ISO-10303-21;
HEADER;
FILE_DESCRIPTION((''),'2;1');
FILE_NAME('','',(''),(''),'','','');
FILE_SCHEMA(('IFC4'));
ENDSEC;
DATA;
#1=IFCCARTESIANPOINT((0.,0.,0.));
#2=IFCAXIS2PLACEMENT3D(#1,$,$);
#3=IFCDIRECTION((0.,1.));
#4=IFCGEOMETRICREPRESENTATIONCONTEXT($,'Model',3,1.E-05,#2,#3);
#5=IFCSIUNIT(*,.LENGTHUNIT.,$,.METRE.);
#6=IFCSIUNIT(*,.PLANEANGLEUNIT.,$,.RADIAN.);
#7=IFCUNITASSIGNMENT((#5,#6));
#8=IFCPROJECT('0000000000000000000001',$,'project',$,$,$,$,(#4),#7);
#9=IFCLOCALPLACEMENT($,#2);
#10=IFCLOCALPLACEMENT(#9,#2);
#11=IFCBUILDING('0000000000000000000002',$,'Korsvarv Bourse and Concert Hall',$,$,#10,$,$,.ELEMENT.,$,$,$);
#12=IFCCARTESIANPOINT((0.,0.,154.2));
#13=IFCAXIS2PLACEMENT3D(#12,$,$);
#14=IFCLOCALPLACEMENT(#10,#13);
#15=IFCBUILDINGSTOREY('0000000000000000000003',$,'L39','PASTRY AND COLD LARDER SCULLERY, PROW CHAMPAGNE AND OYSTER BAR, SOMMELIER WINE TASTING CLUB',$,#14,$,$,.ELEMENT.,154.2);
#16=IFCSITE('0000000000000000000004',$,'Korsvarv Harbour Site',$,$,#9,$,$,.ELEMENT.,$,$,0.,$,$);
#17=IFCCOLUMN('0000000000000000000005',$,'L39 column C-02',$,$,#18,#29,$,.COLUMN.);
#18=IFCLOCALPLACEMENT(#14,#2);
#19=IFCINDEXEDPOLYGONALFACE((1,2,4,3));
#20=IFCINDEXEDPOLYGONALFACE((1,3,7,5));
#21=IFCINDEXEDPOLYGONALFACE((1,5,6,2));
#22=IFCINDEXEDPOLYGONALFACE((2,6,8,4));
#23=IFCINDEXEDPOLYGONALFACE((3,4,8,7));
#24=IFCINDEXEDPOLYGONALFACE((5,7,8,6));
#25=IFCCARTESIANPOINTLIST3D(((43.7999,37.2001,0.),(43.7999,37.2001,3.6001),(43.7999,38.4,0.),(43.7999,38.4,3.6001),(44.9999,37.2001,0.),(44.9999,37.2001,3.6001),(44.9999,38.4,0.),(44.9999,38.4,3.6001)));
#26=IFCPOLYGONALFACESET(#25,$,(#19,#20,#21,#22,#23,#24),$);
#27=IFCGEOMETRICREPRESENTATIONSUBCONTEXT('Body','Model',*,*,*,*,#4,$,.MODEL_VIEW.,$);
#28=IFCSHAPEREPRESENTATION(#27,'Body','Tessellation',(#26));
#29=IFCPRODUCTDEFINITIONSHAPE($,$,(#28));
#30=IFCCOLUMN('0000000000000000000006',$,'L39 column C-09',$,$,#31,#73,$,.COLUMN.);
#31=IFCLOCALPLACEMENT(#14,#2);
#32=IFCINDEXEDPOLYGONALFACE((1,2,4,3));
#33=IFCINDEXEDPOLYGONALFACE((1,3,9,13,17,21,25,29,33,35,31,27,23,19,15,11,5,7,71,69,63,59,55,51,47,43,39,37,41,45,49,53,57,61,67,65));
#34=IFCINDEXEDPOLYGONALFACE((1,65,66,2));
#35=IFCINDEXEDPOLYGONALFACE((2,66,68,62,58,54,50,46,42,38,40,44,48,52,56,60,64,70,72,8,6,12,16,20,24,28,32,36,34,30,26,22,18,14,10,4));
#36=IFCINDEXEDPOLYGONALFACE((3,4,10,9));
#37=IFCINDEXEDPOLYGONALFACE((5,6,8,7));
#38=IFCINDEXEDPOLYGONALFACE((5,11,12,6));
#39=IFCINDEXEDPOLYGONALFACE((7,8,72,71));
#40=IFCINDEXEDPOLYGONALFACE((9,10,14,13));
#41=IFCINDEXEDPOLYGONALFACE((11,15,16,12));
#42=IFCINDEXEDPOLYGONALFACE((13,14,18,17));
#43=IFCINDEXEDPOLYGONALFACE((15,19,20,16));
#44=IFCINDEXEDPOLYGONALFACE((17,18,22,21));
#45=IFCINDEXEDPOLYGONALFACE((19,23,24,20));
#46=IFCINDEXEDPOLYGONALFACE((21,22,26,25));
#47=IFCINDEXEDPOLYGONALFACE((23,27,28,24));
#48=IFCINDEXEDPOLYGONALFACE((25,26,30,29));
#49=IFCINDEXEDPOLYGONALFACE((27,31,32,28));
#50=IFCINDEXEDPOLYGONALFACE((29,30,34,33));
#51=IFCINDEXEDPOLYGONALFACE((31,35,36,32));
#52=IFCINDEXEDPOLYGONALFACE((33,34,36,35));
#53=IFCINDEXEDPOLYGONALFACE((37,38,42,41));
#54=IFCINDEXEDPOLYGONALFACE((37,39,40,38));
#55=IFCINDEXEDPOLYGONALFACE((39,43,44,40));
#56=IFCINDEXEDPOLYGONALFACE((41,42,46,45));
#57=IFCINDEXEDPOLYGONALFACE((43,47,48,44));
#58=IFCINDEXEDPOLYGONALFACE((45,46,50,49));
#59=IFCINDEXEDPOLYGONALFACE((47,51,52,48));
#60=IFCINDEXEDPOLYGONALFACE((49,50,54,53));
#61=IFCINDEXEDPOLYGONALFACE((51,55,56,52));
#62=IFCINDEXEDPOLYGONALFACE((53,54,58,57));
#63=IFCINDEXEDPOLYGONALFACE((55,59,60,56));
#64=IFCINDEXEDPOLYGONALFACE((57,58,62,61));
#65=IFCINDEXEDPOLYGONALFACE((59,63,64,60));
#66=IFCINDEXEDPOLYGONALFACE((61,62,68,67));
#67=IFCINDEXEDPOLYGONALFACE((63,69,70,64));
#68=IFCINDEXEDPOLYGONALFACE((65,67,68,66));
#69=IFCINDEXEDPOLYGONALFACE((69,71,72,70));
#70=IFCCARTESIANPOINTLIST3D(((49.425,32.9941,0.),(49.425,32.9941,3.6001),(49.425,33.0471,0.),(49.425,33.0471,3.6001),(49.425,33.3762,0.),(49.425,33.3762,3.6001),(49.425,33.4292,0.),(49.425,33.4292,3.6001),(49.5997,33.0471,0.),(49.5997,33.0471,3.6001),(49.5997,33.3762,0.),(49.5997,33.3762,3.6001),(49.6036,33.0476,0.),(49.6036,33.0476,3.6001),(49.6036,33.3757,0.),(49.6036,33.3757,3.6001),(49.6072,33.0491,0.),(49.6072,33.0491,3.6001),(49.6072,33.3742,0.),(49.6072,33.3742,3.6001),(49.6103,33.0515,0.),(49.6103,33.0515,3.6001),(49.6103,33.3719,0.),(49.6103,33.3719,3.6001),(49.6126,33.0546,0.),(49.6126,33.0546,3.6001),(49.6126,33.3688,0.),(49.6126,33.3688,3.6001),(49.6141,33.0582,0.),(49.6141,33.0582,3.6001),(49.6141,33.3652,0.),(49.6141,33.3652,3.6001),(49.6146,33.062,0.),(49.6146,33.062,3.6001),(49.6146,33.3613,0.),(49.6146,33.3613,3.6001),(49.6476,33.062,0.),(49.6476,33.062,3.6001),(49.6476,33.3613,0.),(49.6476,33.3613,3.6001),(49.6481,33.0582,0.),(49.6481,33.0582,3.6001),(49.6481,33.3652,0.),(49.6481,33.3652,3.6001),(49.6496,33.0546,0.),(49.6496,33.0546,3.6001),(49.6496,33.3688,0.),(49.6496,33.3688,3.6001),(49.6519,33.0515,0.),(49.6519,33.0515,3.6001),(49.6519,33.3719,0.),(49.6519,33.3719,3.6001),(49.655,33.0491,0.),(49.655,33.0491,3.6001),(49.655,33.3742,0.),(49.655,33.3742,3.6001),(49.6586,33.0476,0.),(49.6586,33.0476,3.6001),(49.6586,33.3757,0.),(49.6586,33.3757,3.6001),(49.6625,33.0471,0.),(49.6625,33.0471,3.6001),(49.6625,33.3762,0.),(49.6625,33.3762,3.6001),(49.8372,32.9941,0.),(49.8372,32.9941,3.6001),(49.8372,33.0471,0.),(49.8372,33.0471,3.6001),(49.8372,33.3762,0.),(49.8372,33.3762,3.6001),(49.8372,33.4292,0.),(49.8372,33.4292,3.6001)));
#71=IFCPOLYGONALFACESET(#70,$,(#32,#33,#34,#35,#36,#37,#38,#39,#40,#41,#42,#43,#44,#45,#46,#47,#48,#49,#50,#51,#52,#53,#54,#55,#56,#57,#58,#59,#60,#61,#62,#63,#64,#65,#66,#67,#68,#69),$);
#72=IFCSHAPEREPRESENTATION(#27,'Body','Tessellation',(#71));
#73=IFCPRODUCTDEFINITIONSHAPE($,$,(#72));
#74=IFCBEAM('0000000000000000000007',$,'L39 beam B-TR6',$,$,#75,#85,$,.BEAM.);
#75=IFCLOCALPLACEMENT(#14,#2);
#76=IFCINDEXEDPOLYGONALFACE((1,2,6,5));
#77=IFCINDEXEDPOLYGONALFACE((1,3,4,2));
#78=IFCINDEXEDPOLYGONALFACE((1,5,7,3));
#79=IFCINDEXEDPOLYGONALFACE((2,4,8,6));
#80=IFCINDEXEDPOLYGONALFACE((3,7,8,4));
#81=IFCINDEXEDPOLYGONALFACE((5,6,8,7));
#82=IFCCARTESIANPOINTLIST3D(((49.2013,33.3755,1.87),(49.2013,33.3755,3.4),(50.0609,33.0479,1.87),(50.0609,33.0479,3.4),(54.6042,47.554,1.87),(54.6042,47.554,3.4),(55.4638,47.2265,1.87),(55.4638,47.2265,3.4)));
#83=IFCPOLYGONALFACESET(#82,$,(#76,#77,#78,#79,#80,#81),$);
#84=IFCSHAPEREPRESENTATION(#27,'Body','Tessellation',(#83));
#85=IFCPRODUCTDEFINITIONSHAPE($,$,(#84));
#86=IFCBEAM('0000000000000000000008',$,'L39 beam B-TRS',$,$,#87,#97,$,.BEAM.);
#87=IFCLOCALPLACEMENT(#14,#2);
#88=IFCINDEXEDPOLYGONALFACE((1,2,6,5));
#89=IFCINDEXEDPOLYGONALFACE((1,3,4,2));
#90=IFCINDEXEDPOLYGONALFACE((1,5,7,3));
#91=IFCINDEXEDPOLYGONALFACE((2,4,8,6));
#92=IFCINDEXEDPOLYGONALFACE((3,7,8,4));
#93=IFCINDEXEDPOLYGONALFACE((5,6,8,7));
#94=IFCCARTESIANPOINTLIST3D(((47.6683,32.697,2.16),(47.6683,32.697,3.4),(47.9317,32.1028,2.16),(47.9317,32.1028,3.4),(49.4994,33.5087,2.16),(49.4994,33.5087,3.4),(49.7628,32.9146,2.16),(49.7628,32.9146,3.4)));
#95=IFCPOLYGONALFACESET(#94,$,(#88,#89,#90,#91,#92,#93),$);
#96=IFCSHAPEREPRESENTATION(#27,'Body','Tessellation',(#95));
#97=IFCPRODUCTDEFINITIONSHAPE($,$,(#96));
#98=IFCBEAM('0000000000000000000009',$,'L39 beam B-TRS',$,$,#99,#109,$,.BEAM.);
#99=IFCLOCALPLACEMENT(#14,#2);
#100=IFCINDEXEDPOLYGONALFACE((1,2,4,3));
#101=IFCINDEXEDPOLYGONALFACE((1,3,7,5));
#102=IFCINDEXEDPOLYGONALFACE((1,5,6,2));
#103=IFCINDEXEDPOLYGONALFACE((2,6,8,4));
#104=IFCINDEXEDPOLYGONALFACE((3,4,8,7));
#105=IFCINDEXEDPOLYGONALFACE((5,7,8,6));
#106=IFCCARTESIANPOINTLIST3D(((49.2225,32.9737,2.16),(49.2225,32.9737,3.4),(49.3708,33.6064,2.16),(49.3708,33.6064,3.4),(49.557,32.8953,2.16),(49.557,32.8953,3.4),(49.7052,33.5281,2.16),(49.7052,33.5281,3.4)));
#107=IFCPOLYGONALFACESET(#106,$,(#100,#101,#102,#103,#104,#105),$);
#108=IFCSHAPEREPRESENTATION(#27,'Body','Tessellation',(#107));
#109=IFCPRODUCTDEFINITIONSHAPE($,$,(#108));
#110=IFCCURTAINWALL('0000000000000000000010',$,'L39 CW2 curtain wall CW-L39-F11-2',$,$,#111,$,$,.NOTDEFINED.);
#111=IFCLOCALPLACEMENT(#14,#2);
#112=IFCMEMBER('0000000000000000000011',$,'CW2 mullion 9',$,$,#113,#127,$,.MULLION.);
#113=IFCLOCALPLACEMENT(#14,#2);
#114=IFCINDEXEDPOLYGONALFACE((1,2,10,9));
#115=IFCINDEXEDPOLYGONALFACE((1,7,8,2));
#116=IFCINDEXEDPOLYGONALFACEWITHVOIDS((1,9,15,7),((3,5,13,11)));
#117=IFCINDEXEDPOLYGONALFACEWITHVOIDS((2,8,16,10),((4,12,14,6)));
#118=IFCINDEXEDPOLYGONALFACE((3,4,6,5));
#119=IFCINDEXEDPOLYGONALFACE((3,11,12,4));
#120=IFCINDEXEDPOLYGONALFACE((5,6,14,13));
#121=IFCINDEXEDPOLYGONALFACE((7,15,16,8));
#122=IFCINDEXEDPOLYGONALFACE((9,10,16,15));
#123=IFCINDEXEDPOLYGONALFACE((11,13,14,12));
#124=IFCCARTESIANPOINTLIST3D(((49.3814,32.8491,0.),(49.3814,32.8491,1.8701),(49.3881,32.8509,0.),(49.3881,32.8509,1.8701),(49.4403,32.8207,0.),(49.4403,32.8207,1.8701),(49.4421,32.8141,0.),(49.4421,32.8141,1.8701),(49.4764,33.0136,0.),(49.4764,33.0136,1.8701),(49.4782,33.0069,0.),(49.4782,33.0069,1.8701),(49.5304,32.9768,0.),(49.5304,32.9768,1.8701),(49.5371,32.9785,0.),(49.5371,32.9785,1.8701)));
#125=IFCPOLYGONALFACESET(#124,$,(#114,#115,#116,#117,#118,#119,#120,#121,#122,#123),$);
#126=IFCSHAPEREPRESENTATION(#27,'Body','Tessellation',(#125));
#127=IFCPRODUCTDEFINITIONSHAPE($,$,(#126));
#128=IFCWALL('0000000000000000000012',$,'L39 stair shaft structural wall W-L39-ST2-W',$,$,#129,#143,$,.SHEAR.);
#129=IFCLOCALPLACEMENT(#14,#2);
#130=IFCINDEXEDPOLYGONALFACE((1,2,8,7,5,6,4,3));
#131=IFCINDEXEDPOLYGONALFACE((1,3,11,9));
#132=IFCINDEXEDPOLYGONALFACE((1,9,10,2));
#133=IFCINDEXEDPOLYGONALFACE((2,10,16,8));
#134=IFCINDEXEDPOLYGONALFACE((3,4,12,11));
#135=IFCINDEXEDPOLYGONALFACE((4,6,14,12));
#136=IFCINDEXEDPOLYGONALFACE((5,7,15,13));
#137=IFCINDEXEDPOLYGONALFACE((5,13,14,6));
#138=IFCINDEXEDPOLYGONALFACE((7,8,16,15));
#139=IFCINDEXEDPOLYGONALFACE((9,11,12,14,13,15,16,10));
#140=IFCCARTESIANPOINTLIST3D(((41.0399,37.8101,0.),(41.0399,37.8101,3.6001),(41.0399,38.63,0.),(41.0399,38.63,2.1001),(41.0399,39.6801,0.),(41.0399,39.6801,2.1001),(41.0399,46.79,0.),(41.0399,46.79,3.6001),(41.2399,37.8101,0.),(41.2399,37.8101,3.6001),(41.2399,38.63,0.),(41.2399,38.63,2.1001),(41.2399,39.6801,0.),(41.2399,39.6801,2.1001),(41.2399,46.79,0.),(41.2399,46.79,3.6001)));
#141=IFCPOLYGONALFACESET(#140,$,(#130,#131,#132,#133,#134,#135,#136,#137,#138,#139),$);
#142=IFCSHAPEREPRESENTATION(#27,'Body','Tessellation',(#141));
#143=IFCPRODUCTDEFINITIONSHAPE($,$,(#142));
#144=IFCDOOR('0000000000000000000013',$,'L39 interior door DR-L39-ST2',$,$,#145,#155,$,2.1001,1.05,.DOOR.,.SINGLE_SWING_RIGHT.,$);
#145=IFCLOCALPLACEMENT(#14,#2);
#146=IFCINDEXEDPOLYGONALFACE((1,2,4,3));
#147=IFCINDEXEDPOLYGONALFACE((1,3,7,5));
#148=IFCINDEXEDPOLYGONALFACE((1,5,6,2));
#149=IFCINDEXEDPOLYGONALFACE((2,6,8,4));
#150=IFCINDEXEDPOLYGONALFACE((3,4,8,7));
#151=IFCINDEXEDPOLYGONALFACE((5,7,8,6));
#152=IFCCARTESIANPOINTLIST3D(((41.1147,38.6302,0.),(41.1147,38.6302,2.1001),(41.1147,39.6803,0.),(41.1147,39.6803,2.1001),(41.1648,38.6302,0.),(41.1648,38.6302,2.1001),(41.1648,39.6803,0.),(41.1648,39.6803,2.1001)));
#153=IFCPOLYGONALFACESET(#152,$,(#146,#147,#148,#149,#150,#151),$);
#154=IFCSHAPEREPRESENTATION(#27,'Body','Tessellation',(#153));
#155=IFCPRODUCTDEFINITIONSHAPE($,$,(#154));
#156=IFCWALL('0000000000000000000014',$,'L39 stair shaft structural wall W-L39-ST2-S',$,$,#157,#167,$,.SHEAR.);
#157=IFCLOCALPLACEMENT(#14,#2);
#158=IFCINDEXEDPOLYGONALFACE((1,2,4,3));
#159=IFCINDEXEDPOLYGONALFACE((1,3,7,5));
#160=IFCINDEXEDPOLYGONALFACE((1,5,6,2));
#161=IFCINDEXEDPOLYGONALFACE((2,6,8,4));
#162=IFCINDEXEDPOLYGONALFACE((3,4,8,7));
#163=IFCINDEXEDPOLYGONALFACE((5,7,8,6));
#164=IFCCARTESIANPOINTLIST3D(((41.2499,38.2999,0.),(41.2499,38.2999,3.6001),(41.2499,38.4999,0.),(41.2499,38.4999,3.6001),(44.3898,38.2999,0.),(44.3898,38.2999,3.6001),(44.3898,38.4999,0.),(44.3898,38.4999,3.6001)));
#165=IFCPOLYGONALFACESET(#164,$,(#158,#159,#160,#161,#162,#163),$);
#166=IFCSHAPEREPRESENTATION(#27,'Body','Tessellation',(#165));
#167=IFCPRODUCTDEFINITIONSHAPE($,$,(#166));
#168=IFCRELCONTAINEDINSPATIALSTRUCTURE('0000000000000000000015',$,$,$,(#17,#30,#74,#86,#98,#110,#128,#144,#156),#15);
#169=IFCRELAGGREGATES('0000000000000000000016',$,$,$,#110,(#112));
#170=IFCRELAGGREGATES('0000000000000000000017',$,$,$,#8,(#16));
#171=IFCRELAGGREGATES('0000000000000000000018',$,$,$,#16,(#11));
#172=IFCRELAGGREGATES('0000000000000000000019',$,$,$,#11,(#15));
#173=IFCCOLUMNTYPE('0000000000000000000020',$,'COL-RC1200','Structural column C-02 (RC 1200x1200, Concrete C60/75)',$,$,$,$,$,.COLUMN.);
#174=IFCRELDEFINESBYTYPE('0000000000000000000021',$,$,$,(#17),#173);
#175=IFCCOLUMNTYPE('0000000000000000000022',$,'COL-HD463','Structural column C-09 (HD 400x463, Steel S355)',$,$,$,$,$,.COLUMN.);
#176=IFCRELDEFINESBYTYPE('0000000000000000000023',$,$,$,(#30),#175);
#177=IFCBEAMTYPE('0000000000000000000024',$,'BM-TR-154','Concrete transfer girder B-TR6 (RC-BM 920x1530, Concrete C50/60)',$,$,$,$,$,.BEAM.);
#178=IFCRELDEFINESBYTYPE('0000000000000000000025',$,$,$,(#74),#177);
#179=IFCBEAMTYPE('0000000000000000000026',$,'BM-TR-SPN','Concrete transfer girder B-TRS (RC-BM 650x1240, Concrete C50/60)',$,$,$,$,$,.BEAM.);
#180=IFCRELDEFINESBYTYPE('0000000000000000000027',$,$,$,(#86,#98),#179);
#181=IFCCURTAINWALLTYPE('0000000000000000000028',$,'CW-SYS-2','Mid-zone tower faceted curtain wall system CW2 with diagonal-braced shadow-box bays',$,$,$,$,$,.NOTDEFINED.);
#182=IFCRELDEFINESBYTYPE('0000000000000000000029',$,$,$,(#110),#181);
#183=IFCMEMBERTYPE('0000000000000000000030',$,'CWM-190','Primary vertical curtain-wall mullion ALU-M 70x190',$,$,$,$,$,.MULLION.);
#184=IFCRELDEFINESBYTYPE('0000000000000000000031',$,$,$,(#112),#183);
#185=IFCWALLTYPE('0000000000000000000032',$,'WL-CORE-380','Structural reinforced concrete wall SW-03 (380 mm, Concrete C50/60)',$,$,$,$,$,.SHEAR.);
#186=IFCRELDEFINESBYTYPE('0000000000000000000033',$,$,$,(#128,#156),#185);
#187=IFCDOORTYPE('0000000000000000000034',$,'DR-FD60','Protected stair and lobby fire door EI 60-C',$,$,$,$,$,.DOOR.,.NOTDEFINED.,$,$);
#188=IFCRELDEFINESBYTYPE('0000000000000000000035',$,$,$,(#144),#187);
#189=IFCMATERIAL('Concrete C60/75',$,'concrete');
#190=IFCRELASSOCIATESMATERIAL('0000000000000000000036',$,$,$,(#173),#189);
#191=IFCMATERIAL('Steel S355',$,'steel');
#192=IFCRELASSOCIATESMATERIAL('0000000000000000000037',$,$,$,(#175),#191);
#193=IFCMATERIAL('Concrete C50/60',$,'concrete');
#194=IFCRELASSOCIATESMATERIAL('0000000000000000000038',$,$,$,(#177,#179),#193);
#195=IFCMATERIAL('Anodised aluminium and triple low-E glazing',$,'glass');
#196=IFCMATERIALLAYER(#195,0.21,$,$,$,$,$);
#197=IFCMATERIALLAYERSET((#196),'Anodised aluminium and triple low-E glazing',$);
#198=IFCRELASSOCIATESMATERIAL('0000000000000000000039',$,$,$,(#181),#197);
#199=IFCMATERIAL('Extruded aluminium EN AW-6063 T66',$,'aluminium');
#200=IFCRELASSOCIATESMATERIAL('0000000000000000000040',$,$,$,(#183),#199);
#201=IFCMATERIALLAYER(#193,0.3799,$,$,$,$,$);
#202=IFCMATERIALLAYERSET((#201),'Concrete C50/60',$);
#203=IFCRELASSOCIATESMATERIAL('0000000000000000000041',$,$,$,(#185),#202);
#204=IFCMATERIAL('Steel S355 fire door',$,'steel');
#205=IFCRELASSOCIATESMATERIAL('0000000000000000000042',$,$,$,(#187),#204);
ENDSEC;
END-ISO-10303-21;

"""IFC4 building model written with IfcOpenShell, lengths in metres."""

from ifc_helpers import new_model, si_unit, direction, frame, frame_2d, origin, origin_2d, place, context, subcontext, project, spatial, rectangle, hollow_rectangle, i_section, extrude, source, transform, mapped, material, layer, layer_set, material_profile, profile_set, type_object, element, fill, aggregate, save


model = new_model("IFC4")

# Units and contexts
model_context = context("Model", 3, precision=1e-05, world=origin(), true_north=direction((0.0, 1.0)))
body_context = subcontext(model_context, "Body", "Model", "MODEL_VIEW")
ifc_project = project(units=[si_unit("LENGTHUNIT", "METRE"), si_unit("PLANEANGLEUNIT", "RADIAN")], contexts=[model_context])

# Site, building, storey
site_placement = place(None, origin())
site = spatial("IfcSite", under=ifc_project, at=site_placement, Name="Korsvarv Harbour Site", CompositionType="ELEMENT", RefElevation=0.0)
building_placement = place(site_placement, origin())
building = spatial("IfcBuilding", under=site, at=building_placement, Name="Korsvarv Bourse and Concert Hall", CompositionType="ELEMENT")
storey_placement = place(building_placement, frame((0.0, 0.0, 154.2)))
storey = spatial("IfcBuildingStorey", under=building, at=storey_placement, Name="L39", Description="PASTRY AND COLD LARDER SCULLERY, PROW CHAMPAGNE AND OYSTER BAR, SOMMELIER WINE TASTING CLUB", CompositionType="ELEMENT", Elevation=154.2)

# Columns
ifc_material_1 = material(Name="Concrete C60/75", Category="concrete")
ifc_material_profile_1 = material_profile(ifc_material_1, rectangle(XDim=1.2, YDim=1.2, at=origin_2d()), Name="RC 1200x1200")
ifc_profile_set_1 = profile_set([ifc_material_profile_1], Name="Concrete C60/75")
column_type_1 = type_object("IfcColumnType", Name="COL-RC1200", Description="Structural column C-02 (RC 1200x1200, Concrete C60/75)", PredefinedType="COLUMN", material=ifc_profile_set_1)
shared_shape_1 = source(origin(), body_context, "Body", "SweptSolid", [
    extrude(rectangle(XDim=1.2, YDim=1.2, at=origin_2d()), origin(), (0.0, 0.0, 1.0), 3.6001),
])
column_1_placement = place(storey_placement, frame((44.3999, 37.8, 0.0), z_axis=(0.0, 0.0, 1.0), x_axis=(1.0, 0.0, 0.0)))
element("IfcColumn", 1, at=column_1_placement, inside=storey, type_object=column_type_1, Name="L39 column C-02", PredefinedType="COLUMN", context=body_context, shape_type="MappedRepresentation", body=[
    mapped(shared_shape_1, transform((0.0, 0.0, 0.0), scale=1.0)),
])
ifc_material_2 = material(Name="Steel S355", Category="steel")
ifc_material_profile_2 = material_profile(ifc_material_2, i_section(OverallWidth=0.4121, OverallDepth=0.4351, WebThickness=0.033, FlangeThickness=0.053, FilletRadius=0.0149, at=origin_2d()), Name="HD 400x463")
ifc_profile_set_2 = profile_set([ifc_material_profile_2], Name="Steel S355")
column_type_2 = type_object("IfcColumnType", Name="COL-HD463", Description="Structural column C-09 (HD 400x463, Steel S355)", PredefinedType="COLUMN", material=ifc_profile_set_2)
shared_shape_2 = source(origin(), body_context, "Body", "SweptSolid", [
    extrude(i_section(OverallWidth=0.4121, OverallDepth=0.4351, WebThickness=0.033, FlangeThickness=0.053, FilletRadius=0.0149, at=origin_2d()), origin(), (0.0, 0.0, 1.0), 3.6001),
])
column_2_placement = place(storey_placement, frame((49.6311, 33.2117, 0.0), z_axis=(0.0, 0.0, 1.0), x_axis=(1.0, 0.0, 0.0)))
element("IfcColumn", 2, at=column_2_placement, inside=storey, type_object=column_type_2, Name="L39 column C-09", PredefinedType="COLUMN", context=body_context, shape_type="MappedRepresentation", body=[
    mapped(shared_shape_2, transform((0.0, 0.0, 0.0), scale=1.0)),
])

# Beams
ifc_material_3 = material(Name="Concrete C50/60", Category="concrete")
ifc_material_profile_3 = material_profile(ifc_material_3, rectangle(XDim=0.9199, YDim=1.53, at=origin_2d()), Name="RC-BM 920x1530")
ifc_profile_set_3 = profile_set([ifc_material_profile_3], Name="Concrete C50/60")
beam_type_1 = type_object("IfcBeamType", Name="BM-TR-154", Description="Concrete transfer girder B-TR6 (RC-BM 920x1530, Concrete C50/60)", PredefinedType="BEAM", material=ifc_profile_set_3)
shared_shape_3 = source(origin(), body_context, "Body", "SweptSolid", [
    extrude(rectangle(XDim=0.9199, YDim=1.53, at=origin_2d()), origin(), (0.0, 0.0, 1.0), 15.1731),
])
beam_1_placement = place(storey_placement, frame((49.6311, 33.2117, 2.635), z_axis=(0.356082, 0.934455, 0.0), x_axis=(-0.934455, 0.356082, 0.0)))
element("IfcBeam", 3, at=beam_1_placement, inside=storey, type_object=beam_type_1, Name="L39 beam B-TR6", PredefinedType="BEAM", context=body_context, shape_type="MappedRepresentation", body=[
    mapped(shared_shape_3, transform((0.0, 0.0, 0.0), scale=1.0)),
])
ifc_material_profile_4 = material_profile(ifc_material_3, rectangle(XDim=0.6499, YDim=1.24, at=origin_2d()), Name="RC-BM 650x1240")
ifc_profile_set_4 = profile_set([ifc_material_profile_4], Name="Concrete C50/60")
beam_type_2 = type_object("IfcBeamType", Name="BM-TR-SPN", Description="Concrete transfer girder B-TRS (RC-BM 650x1240, Concrete C50/60)", PredefinedType="BEAM", material=ifc_profile_set_4)
shared_shape_4 = source(origin(), body_context, "Body", "SweptSolid", [
    extrude(rectangle(XDim=0.6499, YDim=1.24, at=origin_2d()), origin(), (0.0, 0.0, 1.0), 2.0029),
])
beam_2_placement = place(storey_placement, frame((49.6311, 33.2117, 2.78), z_axis=(-0.914188, -0.40529, 0.0), x_axis=(0.40529, -0.914188, 0.0)))
element("IfcBeam", 4, at=beam_2_placement, inside=storey, type_object=beam_type_2, Name="L39 beam B-TRS", PredefinedType="BEAM", context=body_context, shape_type="MappedRepresentation", body=[
    mapped(shared_shape_4, transform((0.0, 0.0, 0.0), scale=1.0)),
])
shared_shape_5 = source(origin(), body_context, "Body", "SweptSolid", [
    extrude(rectangle(XDim=0.6499, YDim=1.24, at=origin_2d()), origin(), (0.0, 0.0, 1.0), 0.3435),
])
beam_3_placement = place(storey_placement, frame((49.6311, 33.2117, 2.78), z_axis=(-0.973631, 0.228128, 0.0), x_axis=(-0.228128, -0.973631, 0.0)))
element("IfcBeam", 5, at=beam_3_placement, inside=storey, type_object=beam_type_2, Name="L39 beam B-TRS", PredefinedType="BEAM", context=body_context, shape_type="MappedRepresentation", body=[
    mapped(shared_shape_5, transform((0.0, 0.0, 0.0), scale=1.0)),
])

# Curtain wall, member
ifc_material_4 = material(Name="Anodised aluminium and triple low-E glazing", Category="glass")
ifc_layer_1 = layer(ifc_material_4, 0.21)
ifc_layer_set_1 = layer_set([ifc_layer_1], Name="Anodised aluminium and triple low-E glazing")
curtain_wall_type = type_object("IfcCurtainWallType", Name="CW-SYS-2", Description="Mid-zone tower faceted curtain wall system CW2 with diagonal-braced shadow-box bays", PredefinedType="NOTDEFINED", material=ifc_layer_set_1)
curtain_wall_placement = place(storey_placement, origin())
curtain_wall = element("IfcCurtainWall", 6, at=curtain_wall_placement, inside=storey, type_object=curtain_wall_type, Name="L39 CW2 curtain wall CW-L39-F11-2", PredefinedType="NOTDEFINED")
ifc_material_5 = material(Name="Extruded aluminium EN AW-6063 T66", Category="aluminium")
ifc_material_profile_5 = material_profile(ifc_material_5, hollow_rectangle(XDim=0.0701, YDim=0.1899, WallThickness=0.0049, at=origin_2d()), Name="ALU-M 70x190")
ifc_profile_set_5 = profile_set([ifc_material_profile_5], Name="Extruded aluminium EN AW-6063 T66")
member_type = type_object("IfcMemberType", Name="CWM-190", Description="Primary vertical curtain-wall mullion ALU-M 70x190", PredefinedType="MULLION", material=ifc_profile_set_5)
shared_shape_6 = source(origin(), body_context, "Body", "SweptSolid", [
    extrude(hollow_rectangle(XDim=0.0701, YDim=0.1899, WallThickness=0.0049, at=origin_2d()), origin(), (0.0, 0.0, 1.0), 1.8701),
])
member_placement = place(storey_placement, frame((49.4592, 32.9138, 0.0), z_axis=(0.0, 0.0, 1.0), x_axis=(-0.866023, 0.500005, 0.0)))
member = element("IfcMember", 7, at=member_placement, type_object=member_type, Name="CW2 mullion 9", PredefinedType="MULLION", context=body_context, shape_type="MappedRepresentation", body=[
    mapped(shared_shape_6, transform((0.0, 0.0, 0.0), scale=1.0)),
])
aggregate(curtain_wall, [member])

# Wall, opening, door
ifc_layer_2 = layer(ifc_material_3, 0.3799)
ifc_layer_set_2 = layer_set([ifc_layer_2], Name="Concrete C50/60")
wall_type_1 = type_object("IfcWallType", Name="WL-CORE-380", Description="Structural reinforced concrete wall SW-03 (380 mm, Concrete C50/60)", PredefinedType="SHEAR", material=ifc_layer_set_2)
wall_1_placement = place(storey_placement, frame((41.1399, 37.8101, 0.0), z_axis=(0.0, 0.0, 1.0), x_axis=(0.0, 1.0, 0.0)))
wall_1 = element("IfcWall", 8, at=wall_1_placement, inside=storey, type_object=wall_type_1, Name="L39 stair shaft structural wall W-L39-ST2-W", PredefinedType="SHEAR", context=body_context, shape_type="SweptSolid", body=[
    extrude(rectangle(XDim=8.98, YDim=0.2, at=frame_2d((4.49, 0.0))), origin(), (0.0, 0.0, 1.0), 3.6001),
])
opening_1_placement = place(wall_1_placement, frame((0.8201, 0.0, 0.0)))
opening_1 = element("IfcOpeningElement", 9, at=opening_1_placement, cuts=wall_1, PredefinedType="OPENING", context=body_context, shape_type="SweptSolid", body=[
    extrude(rectangle(XDim=1.05, YDim=2.1001, at=frame_2d((0.5249, 1.05))), frame((0.0, 0.1099, 0.0), z_axis=(0.0, -1.0, 0.0), x_axis=(1.0, 0.0, 0.0)), (0.0, 0.0, 1.0), 0.22),
])
ifc_material_6 = material(Name="Steel S355 fire door", Category="steel")
door_type = type_object("IfcDoorType", Name="DR-FD60", Description="Protected stair and lobby fire door EI 60-C", OperationType="NOTDEFINED", PredefinedType="DOOR", material=ifc_material_6)
door_1_placement = place(opening_1_placement, frame((1.05, 0.0, 0.0), z_axis=(0.0, 0.0, 1.0), x_axis=(-1.0, 0.0, 0.0)))
door_1 = element("IfcDoor", 10, at=door_1_placement, inside=storey, type_object=door_type, Name="L39 interior door DR-L39-ST2", OperationType="SINGLE_SWING_RIGHT", OverallHeight=2.1001, OverallWidth=1.05, PredefinedType="DOOR", context=body_context, shape_type="SweptSolid", body=[
    extrude(rectangle(XDim=1.05, YDim=2.1001, at=frame_2d((0.5249, 1.05))), frame((0.0, 0.0249, 0.0), z_axis=(0.0, -1.0, 0.0), x_axis=(1.0, 0.0, 0.0)), (0.0, 0.0, 1.0), 0.05),
])
fill(opening_1, door_1)

# Wall
wall_2_placement = place(storey_placement, frame((41.25, 38.3999, 0.0), z_axis=(0.0, 0.0, 1.0), x_axis=(1.0, 0.0, 0.0)))
element("IfcWall", 11, at=wall_2_placement, inside=storey, type_object=wall_type_1, Name="L39 stair shaft structural wall W-L39-ST2-S", PredefinedType="SHEAR", context=body_context, shape_type="SweptSolid", body=[
    extrude(rectangle(XDim=3.1399, YDim=0.2, at=frame_2d((1.5698, 0.0))), origin(), (0.0, 0.0, 1.0), 3.6001),
])

save(model, "model.ifc")
